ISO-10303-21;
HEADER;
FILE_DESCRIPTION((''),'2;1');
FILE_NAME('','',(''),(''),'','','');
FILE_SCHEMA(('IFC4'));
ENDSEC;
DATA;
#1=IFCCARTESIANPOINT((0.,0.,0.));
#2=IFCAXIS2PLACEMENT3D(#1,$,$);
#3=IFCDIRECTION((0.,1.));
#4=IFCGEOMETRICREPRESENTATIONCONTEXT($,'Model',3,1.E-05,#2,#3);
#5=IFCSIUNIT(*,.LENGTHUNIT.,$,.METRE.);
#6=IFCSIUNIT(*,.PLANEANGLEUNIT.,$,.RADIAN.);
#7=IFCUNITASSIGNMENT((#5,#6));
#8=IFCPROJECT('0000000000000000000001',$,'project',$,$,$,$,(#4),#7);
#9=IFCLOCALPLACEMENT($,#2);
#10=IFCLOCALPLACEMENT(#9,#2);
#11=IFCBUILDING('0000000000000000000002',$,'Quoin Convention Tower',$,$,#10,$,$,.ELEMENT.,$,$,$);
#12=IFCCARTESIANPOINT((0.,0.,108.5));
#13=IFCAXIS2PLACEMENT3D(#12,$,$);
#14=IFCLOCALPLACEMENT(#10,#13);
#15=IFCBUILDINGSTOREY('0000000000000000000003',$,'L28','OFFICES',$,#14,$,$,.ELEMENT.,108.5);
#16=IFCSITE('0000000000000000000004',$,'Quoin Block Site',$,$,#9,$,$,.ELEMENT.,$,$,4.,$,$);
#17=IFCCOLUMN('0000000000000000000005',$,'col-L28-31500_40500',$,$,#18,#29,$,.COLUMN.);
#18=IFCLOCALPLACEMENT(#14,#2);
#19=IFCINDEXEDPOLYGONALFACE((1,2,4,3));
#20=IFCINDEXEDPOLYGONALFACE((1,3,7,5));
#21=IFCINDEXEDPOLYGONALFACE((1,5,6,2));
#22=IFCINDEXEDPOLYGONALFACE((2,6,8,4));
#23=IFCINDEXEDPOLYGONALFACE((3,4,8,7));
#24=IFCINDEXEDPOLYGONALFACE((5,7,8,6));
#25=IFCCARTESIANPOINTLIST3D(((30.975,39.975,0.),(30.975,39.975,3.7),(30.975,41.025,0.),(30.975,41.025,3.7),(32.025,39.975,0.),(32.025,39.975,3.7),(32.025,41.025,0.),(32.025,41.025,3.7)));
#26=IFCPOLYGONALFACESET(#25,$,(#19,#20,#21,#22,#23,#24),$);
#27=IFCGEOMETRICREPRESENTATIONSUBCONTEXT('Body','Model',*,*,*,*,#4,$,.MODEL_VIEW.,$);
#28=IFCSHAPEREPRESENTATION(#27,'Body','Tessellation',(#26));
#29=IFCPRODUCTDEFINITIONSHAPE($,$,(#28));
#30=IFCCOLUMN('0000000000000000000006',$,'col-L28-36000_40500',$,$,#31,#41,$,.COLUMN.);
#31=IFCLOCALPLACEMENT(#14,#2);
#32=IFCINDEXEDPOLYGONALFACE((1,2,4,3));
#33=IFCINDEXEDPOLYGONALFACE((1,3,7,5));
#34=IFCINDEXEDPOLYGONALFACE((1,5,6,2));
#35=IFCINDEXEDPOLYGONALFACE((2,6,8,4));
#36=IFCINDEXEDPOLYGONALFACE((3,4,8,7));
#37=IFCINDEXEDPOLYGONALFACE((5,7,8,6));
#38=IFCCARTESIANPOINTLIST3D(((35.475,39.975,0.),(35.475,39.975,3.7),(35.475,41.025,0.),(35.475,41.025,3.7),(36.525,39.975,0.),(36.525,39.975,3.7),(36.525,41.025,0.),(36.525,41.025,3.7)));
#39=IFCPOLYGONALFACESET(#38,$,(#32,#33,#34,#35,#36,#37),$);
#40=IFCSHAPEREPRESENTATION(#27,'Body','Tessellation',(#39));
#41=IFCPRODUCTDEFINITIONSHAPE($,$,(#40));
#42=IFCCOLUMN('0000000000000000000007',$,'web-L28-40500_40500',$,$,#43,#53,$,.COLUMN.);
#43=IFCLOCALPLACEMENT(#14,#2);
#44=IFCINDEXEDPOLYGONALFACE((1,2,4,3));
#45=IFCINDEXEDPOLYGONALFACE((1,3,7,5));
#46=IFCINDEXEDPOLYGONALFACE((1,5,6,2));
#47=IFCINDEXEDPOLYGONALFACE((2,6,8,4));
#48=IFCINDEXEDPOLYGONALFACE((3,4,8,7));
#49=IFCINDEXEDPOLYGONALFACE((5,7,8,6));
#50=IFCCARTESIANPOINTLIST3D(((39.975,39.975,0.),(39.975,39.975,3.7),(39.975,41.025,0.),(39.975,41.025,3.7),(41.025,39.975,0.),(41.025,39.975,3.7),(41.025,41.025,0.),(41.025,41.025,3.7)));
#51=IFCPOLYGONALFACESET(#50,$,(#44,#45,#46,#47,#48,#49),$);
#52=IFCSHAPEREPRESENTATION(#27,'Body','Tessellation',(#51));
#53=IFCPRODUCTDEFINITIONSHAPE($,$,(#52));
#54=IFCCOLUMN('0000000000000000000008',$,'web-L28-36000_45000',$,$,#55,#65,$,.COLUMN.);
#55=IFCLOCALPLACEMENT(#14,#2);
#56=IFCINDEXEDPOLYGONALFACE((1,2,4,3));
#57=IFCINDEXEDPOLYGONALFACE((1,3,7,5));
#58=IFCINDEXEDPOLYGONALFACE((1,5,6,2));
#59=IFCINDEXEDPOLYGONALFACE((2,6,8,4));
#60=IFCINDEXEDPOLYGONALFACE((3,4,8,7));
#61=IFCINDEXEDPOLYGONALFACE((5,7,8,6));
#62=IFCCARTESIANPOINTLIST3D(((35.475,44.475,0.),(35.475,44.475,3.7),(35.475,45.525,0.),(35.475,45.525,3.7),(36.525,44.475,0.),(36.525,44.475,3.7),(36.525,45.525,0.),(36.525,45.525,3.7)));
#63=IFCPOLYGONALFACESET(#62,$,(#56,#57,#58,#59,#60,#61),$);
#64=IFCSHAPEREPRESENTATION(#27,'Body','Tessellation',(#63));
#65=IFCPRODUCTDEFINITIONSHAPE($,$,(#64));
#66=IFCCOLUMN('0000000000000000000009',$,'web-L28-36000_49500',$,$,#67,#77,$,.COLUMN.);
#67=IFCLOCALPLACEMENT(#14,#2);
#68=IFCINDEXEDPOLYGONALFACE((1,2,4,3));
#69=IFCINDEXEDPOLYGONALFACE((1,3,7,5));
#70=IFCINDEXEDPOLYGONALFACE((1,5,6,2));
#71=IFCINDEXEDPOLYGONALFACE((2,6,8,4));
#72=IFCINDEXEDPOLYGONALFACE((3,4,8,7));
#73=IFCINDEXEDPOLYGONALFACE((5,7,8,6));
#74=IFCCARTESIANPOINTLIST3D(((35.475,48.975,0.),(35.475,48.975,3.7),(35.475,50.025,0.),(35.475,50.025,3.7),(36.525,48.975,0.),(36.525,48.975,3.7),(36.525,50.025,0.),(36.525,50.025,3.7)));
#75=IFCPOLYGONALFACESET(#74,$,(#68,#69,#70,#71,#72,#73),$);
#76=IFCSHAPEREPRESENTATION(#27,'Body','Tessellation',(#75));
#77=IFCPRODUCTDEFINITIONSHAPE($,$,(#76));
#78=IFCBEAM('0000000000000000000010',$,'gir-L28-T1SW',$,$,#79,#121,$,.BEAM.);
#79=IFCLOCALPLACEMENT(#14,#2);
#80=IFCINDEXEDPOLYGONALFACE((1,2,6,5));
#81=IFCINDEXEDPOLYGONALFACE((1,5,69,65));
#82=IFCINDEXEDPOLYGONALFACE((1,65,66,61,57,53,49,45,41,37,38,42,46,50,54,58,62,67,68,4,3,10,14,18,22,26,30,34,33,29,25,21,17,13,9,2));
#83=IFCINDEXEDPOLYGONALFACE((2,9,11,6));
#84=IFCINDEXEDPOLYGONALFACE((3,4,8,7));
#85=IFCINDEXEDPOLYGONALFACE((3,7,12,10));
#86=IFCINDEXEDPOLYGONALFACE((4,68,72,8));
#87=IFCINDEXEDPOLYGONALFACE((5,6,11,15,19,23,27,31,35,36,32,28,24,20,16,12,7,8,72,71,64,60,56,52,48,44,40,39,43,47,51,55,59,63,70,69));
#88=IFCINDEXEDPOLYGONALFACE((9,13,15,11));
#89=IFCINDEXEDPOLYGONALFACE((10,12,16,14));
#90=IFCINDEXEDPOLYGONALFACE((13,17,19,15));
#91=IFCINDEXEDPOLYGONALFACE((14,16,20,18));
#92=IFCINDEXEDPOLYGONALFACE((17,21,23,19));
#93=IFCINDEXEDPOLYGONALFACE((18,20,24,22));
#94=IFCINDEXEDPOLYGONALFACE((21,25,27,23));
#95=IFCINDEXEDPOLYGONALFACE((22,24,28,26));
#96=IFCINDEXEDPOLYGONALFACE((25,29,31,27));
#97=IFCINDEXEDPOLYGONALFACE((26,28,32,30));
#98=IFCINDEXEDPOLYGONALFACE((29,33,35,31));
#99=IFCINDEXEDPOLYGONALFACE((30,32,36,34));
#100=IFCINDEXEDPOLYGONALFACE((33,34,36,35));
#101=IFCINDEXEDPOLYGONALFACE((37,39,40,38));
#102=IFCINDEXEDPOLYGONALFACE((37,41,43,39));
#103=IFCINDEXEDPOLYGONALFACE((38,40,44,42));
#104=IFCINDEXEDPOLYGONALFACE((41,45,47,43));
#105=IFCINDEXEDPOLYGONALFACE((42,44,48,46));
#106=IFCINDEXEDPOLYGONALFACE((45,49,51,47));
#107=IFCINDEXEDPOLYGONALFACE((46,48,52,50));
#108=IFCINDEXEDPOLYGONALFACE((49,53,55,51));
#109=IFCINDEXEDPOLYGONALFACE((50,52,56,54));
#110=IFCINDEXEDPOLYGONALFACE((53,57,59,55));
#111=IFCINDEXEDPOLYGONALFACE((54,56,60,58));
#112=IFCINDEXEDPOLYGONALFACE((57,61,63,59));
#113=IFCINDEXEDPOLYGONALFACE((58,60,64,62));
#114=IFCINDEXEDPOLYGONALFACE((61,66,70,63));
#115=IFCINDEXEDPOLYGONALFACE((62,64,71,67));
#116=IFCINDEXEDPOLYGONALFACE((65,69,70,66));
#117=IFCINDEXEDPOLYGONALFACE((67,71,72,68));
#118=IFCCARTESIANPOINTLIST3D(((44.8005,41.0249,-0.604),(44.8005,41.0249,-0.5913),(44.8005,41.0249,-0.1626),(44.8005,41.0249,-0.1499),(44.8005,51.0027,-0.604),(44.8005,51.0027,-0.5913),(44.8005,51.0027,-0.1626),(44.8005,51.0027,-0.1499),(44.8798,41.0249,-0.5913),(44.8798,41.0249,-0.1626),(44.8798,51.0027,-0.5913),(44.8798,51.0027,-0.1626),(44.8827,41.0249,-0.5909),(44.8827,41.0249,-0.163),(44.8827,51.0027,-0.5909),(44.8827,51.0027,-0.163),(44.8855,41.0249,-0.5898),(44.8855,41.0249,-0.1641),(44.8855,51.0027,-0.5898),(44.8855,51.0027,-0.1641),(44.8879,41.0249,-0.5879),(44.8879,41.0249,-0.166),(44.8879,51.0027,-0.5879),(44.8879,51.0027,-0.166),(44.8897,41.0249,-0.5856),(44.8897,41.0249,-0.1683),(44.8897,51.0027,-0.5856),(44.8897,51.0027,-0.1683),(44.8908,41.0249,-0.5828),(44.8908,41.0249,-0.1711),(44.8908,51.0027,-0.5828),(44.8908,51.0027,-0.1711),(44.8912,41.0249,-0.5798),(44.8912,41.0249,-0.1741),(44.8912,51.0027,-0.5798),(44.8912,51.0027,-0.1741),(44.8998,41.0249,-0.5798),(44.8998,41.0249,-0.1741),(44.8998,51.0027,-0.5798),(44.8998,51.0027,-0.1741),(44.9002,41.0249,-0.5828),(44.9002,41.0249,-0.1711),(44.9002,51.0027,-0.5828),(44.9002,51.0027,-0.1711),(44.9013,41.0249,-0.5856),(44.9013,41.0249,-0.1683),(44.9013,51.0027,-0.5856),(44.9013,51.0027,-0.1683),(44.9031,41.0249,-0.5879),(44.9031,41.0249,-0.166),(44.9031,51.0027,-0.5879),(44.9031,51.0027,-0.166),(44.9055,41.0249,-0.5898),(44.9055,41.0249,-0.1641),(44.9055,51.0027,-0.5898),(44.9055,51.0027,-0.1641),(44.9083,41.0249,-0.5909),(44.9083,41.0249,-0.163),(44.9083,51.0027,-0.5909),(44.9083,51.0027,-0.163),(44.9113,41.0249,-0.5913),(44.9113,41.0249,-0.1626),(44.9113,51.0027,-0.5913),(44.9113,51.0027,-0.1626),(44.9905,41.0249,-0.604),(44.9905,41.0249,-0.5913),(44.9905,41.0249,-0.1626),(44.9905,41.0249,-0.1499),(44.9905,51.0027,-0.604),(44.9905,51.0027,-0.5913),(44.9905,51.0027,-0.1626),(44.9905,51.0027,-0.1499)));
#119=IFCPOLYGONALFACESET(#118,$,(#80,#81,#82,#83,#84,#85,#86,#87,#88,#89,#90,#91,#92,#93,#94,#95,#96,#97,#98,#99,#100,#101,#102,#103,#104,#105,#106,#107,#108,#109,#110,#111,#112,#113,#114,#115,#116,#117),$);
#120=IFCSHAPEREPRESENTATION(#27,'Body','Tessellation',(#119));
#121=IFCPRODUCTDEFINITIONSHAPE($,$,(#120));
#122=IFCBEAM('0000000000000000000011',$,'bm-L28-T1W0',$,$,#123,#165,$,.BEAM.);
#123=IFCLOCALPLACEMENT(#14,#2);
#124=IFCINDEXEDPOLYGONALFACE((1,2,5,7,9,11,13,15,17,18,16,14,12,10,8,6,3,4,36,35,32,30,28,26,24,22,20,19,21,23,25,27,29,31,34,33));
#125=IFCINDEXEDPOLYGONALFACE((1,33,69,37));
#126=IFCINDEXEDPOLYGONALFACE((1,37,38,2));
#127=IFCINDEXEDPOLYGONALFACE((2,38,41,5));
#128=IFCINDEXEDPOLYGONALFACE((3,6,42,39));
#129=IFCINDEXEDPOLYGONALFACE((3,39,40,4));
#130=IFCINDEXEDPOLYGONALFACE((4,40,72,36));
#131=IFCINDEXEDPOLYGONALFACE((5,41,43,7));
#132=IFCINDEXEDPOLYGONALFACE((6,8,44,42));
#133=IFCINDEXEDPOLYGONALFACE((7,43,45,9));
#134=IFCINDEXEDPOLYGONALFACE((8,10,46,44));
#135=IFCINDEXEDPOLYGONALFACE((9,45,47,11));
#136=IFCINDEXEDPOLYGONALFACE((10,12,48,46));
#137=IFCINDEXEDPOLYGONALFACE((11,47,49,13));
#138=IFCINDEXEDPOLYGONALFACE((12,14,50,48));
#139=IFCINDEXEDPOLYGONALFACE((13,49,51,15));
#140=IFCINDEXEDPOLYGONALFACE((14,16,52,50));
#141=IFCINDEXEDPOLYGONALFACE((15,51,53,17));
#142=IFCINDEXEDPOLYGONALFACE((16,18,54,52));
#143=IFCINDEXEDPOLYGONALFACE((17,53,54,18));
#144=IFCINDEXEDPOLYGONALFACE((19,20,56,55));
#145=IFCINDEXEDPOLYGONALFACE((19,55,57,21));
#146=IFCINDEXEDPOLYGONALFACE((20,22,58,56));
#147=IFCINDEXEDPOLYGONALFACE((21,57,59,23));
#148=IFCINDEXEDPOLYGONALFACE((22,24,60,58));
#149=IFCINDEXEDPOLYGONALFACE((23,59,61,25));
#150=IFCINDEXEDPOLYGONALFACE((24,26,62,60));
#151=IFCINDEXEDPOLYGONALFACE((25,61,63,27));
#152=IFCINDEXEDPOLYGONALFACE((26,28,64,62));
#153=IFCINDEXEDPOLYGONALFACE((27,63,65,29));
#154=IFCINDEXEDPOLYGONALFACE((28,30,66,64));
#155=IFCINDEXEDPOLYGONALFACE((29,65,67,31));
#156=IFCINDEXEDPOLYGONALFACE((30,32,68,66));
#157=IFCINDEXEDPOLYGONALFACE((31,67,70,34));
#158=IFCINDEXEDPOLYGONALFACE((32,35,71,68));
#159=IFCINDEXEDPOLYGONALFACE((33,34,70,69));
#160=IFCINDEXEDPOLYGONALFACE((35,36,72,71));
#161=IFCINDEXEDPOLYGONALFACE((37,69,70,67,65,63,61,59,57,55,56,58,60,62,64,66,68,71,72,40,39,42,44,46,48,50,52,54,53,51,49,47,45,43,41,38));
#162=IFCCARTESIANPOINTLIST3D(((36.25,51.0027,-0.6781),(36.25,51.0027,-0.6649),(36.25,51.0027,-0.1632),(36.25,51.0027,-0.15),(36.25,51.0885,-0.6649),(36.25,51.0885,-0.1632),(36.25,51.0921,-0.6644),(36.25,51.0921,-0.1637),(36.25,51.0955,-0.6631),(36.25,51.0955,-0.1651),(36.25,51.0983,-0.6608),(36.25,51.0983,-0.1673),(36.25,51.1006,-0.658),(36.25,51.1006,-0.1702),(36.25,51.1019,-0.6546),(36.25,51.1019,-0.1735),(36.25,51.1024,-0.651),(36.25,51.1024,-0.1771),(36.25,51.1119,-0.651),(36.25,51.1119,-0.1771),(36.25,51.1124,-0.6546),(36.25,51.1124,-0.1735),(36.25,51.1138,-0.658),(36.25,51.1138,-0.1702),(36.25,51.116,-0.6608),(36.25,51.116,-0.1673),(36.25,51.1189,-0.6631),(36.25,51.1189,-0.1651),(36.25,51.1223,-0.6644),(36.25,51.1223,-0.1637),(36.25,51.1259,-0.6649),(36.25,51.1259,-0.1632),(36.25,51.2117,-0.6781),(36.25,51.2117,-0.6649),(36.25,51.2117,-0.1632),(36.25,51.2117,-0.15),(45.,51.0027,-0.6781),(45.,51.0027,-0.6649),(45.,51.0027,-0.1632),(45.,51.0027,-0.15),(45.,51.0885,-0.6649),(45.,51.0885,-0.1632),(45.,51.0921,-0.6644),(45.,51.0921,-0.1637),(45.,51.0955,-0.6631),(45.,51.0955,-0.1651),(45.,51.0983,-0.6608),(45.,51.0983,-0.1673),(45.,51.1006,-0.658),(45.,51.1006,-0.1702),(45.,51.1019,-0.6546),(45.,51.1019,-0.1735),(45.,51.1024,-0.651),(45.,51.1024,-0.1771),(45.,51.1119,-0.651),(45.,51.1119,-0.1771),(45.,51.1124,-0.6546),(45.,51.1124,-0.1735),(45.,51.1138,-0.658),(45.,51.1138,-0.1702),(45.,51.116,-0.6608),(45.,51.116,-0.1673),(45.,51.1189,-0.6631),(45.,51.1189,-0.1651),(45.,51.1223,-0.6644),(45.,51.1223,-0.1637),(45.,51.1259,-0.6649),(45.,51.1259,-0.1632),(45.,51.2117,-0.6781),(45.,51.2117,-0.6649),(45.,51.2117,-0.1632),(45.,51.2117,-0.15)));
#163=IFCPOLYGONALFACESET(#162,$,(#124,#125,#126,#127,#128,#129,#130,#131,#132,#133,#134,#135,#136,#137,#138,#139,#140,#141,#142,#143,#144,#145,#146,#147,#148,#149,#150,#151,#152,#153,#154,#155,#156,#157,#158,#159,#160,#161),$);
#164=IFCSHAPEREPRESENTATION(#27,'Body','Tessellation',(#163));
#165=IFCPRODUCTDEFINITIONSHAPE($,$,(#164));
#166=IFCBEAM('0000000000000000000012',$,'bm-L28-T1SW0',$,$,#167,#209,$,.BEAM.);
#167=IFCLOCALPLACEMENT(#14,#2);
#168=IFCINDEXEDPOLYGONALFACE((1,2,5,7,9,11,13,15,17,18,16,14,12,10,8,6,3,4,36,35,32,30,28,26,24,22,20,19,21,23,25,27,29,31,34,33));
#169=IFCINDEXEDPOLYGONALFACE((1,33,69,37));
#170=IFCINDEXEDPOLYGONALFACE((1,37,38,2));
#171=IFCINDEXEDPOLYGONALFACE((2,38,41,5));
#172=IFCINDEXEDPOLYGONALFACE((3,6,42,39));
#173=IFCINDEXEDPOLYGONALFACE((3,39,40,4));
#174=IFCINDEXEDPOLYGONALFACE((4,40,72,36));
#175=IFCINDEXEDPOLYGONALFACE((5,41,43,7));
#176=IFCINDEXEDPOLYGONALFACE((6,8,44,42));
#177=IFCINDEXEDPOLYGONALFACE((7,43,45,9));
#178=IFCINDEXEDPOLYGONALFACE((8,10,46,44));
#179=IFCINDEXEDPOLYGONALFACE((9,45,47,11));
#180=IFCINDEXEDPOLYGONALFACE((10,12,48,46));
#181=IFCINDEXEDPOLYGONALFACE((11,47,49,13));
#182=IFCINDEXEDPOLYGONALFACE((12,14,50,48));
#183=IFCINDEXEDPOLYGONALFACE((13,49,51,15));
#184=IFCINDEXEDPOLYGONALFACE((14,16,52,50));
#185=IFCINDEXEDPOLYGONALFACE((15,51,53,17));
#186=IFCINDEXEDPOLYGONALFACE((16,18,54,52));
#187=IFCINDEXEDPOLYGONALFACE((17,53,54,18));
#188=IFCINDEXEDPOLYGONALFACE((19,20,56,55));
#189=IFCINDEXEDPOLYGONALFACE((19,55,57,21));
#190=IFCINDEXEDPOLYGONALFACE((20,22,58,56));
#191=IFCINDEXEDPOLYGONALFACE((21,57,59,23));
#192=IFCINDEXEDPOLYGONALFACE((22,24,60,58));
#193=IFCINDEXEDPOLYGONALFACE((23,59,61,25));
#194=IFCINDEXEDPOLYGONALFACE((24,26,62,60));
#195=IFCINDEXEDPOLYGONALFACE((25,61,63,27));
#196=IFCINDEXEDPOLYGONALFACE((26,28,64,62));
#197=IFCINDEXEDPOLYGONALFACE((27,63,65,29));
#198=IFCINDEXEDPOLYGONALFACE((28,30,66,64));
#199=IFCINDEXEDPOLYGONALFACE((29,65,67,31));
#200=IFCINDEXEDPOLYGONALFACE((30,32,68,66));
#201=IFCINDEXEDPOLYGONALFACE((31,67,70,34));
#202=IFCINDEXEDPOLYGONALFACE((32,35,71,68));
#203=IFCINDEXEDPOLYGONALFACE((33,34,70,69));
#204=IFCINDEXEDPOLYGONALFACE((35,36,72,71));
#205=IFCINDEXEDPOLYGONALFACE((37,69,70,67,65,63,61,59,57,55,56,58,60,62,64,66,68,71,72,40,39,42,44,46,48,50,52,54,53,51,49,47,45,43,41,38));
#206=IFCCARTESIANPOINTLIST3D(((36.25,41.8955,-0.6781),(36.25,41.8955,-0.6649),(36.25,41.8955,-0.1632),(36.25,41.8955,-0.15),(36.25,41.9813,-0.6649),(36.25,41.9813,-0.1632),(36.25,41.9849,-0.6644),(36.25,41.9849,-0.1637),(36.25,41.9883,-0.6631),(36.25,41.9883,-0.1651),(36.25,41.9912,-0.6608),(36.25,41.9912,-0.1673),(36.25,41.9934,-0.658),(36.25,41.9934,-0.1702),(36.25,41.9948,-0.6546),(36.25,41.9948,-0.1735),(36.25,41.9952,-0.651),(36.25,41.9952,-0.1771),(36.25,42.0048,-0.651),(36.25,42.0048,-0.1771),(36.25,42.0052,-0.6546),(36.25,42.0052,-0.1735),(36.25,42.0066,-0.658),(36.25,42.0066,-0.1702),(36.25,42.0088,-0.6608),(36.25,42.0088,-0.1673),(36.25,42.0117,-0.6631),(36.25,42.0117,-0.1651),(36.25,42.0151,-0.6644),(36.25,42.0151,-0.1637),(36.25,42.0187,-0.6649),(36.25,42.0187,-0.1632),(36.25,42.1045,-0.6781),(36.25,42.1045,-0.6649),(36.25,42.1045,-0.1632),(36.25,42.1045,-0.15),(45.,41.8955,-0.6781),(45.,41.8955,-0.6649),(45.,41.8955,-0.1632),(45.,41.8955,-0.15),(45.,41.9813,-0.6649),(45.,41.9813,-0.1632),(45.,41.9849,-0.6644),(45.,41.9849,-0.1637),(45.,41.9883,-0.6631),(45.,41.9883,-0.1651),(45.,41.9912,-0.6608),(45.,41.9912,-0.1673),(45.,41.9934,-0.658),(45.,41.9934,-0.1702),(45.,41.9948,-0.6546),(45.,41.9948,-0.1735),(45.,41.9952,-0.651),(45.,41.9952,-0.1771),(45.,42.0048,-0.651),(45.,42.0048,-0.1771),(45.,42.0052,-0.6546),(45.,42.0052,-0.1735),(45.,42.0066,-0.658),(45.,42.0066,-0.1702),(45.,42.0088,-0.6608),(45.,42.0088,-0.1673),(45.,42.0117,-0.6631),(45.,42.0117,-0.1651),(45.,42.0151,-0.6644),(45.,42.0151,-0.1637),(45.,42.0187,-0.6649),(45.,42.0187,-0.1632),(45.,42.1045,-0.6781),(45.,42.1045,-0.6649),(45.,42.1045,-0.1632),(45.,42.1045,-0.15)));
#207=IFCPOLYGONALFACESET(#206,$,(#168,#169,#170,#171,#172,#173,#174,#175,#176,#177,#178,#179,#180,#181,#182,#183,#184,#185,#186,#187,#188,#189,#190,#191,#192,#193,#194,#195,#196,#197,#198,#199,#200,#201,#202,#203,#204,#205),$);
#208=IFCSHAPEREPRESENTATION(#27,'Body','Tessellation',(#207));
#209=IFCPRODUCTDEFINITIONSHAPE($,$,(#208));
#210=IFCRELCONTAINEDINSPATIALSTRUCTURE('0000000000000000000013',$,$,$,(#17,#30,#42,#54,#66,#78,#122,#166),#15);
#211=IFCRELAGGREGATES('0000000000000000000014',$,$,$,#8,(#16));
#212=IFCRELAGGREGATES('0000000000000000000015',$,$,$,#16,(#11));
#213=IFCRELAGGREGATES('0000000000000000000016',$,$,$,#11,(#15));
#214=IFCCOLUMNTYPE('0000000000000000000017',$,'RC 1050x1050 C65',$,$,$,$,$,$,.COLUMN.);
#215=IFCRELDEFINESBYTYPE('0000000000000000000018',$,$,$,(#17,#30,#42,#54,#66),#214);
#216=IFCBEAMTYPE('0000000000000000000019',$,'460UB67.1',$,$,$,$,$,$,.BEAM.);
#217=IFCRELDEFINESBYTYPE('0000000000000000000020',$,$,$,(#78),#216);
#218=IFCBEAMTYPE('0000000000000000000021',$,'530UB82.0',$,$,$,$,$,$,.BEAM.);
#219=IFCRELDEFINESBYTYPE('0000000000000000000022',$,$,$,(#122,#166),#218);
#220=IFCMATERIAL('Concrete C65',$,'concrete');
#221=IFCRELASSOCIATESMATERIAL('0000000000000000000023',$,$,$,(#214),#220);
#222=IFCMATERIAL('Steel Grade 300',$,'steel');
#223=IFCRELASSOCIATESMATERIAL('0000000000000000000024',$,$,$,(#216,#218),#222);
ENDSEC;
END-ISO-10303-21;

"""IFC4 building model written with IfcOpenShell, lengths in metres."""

from ifc_helpers import new_model, si_unit, direction, frame, origin, origin_2d, place, context, subcontext, project, spatial, rectangle, i_section, extrude, material, material_profile, profile_set, type_object, element, save


model = new_model("IFC4")

# Units and contexts
model_context = context("Model", 3, precision=1e-05, world=origin(), true_north=direction((0.0, 1.0)))
body_context = subcontext(model_context, "Body", "Model", "MODEL_VIEW")
ifc_project = project(units=[si_unit("LENGTHUNIT", "METRE"), si_unit("PLANEANGLEUNIT", "RADIAN")], contexts=[model_context])

# Site, building, storey
site_placement = place(None, origin())
site = spatial("IfcSite", under=ifc_project, at=site_placement, Name="Quoin Block Site", CompositionType="ELEMENT", RefElevation=4.0)
building_placement = place(site_placement, origin())
building = spatial("IfcBuilding", under=site, at=building_placement, Name="Quoin Convention Tower", CompositionType="ELEMENT")
storey_placement = place(building_placement, frame((0.0, 0.0, 108.5)))
storey = spatial("IfcBuildingStorey", under=building, at=storey_placement, Name="L28", Description="OFFICES", CompositionType="ELEMENT", Elevation=108.5)

# Columns
ifc_material_1 = material(Name="Concrete C65", Category="concrete")
ifc_material_profile_1 = material_profile(ifc_material_1, rectangle(XDim=1.05, YDim=1.05, at=origin_2d()), Name="RC 1050x1050")
ifc_profile_set_1 = profile_set([ifc_material_profile_1], Name="Concrete C65")
column_type = type_object("IfcColumnType", Name="RC 1050x1050 C65", PredefinedType="COLUMN", material=ifc_profile_set_1)
for number, where, z_axis, x_axis, name in (
    (1, (31.5, 40.5, 0.0), (0.0, 0.0, 1.0), (1.0, 0.0, 0.0), "col-L28-31500_40500"),
    (2, (36.0, 40.5, 0.0), (0.0, 0.0, 1.0), (1.0, 0.0, 0.0), "col-L28-36000_40500"),
    (3, (40.5, 40.5, 0.0), (0.0, 0.0, 1.0), (1.0, 0.0, 0.0), "web-L28-40500_40500"),
    (4, (36.0, 45.0, 0.0), (0.0, 0.0, 1.0), (1.0, 0.0, 0.0), "web-L28-36000_45000"),
    (5, (36.0, 49.5, 0.0), (0.0, 0.0, 1.0), (1.0, 0.0, 0.0), "web-L28-36000_49500"),
):
    element("IfcColumn", number, at=place(storey_placement, frame(where, z_axis=z_axis, x_axis=x_axis)), inside=storey, type_object=column_type, Name=name, PredefinedType="COLUMN", context=body_context, shape_type="SweptSolid", body=[
        extrude(rectangle(XDim=1.05, YDim=1.05, at=origin_2d()), origin(), (0.0, 0.0, 1.0), 3.7),
    ])

# Beams
ifc_material_2 = material(Name="Steel Grade 300", Category="steel")
ifc_material_profile_2 = material_profile(ifc_material_2, i_section(OverallWidth=0.1899, OverallDepth=0.4541, WebThickness=0.0085, FlangeThickness=0.0127, FilletRadius=0.0115, at=origin_2d()), Name="460UB67.1")
ifc_profile_set_2 = profile_set([ifc_material_profile_2], Name="Steel Grade 300")
beam_type_1 = type_object("IfcBeamType", Name="460UB67.1", PredefinedType="BEAM", material=ifc_profile_set_2)
beam_1_placement = place(storey_placement, frame((44.8955, 41.0249, -0.377), z_axis=(0.0, 1.0, 0.0), x_axis=(-1.0, 0.0, 0.0)))
element("IfcBeam", 6, at=beam_1_placement, inside=storey, type_object=beam_type_1, Name="gir-L28-T1SW", PredefinedType="BEAM", context=body_context, shape_type="SweptSolid", body=[
    extrude(i_section(OverallWidth=0.1899, OverallDepth=0.4541, WebThickness=0.0085, FlangeThickness=0.0127, FilletRadius=0.0115, at=origin_2d()), origin(), (0.0, 0.0, 1.0), 9.9778),
])
ifc_material_profile_3 = material_profile(ifc_material_2, i_section(OverallWidth=0.209, OverallDepth=0.5281, WebThickness=0.0095, FlangeThickness=0.0132, FilletRadius=0.0139, at=origin_2d()), Name="530UB82.0")
ifc_profile_set_3 = profile_set([ifc_material_profile_3], Name="Steel Grade 300")
beam_type_2 = type_object("IfcBeamType", Name="530UB82.0", PredefinedType="BEAM", material=ifc_profile_set_3)
for number, where, z_axis, x_axis, name in (
    (7, (36.25, 51.1072, -0.4141), (1.0, 0.0, 0.0), (0.0, 1.0, 0.0), "bm-L28-T1W0"),
    (8, (36.25, 42.0, -0.4141), (1.0, 0.0, 0.0), (0.0, 1.0, 0.0), "bm-L28-T1SW0"),
):
    element("IfcBeam", number, at=place(storey_placement, frame(where, z_axis=z_axis, x_axis=x_axis)), inside=storey, type_object=beam_type_2, Name=name, PredefinedType="BEAM", context=body_context, shape_type="SweptSolid", body=[
        extrude(i_section(OverallWidth=0.209, OverallDepth=0.5281, WebThickness=0.0095, FlangeThickness=0.0132, FilletRadius=0.0139, at=origin_2d()), origin(), (0.0, 0.0, 1.0), 8.75),
    ])

save(model, "model.ifc")
